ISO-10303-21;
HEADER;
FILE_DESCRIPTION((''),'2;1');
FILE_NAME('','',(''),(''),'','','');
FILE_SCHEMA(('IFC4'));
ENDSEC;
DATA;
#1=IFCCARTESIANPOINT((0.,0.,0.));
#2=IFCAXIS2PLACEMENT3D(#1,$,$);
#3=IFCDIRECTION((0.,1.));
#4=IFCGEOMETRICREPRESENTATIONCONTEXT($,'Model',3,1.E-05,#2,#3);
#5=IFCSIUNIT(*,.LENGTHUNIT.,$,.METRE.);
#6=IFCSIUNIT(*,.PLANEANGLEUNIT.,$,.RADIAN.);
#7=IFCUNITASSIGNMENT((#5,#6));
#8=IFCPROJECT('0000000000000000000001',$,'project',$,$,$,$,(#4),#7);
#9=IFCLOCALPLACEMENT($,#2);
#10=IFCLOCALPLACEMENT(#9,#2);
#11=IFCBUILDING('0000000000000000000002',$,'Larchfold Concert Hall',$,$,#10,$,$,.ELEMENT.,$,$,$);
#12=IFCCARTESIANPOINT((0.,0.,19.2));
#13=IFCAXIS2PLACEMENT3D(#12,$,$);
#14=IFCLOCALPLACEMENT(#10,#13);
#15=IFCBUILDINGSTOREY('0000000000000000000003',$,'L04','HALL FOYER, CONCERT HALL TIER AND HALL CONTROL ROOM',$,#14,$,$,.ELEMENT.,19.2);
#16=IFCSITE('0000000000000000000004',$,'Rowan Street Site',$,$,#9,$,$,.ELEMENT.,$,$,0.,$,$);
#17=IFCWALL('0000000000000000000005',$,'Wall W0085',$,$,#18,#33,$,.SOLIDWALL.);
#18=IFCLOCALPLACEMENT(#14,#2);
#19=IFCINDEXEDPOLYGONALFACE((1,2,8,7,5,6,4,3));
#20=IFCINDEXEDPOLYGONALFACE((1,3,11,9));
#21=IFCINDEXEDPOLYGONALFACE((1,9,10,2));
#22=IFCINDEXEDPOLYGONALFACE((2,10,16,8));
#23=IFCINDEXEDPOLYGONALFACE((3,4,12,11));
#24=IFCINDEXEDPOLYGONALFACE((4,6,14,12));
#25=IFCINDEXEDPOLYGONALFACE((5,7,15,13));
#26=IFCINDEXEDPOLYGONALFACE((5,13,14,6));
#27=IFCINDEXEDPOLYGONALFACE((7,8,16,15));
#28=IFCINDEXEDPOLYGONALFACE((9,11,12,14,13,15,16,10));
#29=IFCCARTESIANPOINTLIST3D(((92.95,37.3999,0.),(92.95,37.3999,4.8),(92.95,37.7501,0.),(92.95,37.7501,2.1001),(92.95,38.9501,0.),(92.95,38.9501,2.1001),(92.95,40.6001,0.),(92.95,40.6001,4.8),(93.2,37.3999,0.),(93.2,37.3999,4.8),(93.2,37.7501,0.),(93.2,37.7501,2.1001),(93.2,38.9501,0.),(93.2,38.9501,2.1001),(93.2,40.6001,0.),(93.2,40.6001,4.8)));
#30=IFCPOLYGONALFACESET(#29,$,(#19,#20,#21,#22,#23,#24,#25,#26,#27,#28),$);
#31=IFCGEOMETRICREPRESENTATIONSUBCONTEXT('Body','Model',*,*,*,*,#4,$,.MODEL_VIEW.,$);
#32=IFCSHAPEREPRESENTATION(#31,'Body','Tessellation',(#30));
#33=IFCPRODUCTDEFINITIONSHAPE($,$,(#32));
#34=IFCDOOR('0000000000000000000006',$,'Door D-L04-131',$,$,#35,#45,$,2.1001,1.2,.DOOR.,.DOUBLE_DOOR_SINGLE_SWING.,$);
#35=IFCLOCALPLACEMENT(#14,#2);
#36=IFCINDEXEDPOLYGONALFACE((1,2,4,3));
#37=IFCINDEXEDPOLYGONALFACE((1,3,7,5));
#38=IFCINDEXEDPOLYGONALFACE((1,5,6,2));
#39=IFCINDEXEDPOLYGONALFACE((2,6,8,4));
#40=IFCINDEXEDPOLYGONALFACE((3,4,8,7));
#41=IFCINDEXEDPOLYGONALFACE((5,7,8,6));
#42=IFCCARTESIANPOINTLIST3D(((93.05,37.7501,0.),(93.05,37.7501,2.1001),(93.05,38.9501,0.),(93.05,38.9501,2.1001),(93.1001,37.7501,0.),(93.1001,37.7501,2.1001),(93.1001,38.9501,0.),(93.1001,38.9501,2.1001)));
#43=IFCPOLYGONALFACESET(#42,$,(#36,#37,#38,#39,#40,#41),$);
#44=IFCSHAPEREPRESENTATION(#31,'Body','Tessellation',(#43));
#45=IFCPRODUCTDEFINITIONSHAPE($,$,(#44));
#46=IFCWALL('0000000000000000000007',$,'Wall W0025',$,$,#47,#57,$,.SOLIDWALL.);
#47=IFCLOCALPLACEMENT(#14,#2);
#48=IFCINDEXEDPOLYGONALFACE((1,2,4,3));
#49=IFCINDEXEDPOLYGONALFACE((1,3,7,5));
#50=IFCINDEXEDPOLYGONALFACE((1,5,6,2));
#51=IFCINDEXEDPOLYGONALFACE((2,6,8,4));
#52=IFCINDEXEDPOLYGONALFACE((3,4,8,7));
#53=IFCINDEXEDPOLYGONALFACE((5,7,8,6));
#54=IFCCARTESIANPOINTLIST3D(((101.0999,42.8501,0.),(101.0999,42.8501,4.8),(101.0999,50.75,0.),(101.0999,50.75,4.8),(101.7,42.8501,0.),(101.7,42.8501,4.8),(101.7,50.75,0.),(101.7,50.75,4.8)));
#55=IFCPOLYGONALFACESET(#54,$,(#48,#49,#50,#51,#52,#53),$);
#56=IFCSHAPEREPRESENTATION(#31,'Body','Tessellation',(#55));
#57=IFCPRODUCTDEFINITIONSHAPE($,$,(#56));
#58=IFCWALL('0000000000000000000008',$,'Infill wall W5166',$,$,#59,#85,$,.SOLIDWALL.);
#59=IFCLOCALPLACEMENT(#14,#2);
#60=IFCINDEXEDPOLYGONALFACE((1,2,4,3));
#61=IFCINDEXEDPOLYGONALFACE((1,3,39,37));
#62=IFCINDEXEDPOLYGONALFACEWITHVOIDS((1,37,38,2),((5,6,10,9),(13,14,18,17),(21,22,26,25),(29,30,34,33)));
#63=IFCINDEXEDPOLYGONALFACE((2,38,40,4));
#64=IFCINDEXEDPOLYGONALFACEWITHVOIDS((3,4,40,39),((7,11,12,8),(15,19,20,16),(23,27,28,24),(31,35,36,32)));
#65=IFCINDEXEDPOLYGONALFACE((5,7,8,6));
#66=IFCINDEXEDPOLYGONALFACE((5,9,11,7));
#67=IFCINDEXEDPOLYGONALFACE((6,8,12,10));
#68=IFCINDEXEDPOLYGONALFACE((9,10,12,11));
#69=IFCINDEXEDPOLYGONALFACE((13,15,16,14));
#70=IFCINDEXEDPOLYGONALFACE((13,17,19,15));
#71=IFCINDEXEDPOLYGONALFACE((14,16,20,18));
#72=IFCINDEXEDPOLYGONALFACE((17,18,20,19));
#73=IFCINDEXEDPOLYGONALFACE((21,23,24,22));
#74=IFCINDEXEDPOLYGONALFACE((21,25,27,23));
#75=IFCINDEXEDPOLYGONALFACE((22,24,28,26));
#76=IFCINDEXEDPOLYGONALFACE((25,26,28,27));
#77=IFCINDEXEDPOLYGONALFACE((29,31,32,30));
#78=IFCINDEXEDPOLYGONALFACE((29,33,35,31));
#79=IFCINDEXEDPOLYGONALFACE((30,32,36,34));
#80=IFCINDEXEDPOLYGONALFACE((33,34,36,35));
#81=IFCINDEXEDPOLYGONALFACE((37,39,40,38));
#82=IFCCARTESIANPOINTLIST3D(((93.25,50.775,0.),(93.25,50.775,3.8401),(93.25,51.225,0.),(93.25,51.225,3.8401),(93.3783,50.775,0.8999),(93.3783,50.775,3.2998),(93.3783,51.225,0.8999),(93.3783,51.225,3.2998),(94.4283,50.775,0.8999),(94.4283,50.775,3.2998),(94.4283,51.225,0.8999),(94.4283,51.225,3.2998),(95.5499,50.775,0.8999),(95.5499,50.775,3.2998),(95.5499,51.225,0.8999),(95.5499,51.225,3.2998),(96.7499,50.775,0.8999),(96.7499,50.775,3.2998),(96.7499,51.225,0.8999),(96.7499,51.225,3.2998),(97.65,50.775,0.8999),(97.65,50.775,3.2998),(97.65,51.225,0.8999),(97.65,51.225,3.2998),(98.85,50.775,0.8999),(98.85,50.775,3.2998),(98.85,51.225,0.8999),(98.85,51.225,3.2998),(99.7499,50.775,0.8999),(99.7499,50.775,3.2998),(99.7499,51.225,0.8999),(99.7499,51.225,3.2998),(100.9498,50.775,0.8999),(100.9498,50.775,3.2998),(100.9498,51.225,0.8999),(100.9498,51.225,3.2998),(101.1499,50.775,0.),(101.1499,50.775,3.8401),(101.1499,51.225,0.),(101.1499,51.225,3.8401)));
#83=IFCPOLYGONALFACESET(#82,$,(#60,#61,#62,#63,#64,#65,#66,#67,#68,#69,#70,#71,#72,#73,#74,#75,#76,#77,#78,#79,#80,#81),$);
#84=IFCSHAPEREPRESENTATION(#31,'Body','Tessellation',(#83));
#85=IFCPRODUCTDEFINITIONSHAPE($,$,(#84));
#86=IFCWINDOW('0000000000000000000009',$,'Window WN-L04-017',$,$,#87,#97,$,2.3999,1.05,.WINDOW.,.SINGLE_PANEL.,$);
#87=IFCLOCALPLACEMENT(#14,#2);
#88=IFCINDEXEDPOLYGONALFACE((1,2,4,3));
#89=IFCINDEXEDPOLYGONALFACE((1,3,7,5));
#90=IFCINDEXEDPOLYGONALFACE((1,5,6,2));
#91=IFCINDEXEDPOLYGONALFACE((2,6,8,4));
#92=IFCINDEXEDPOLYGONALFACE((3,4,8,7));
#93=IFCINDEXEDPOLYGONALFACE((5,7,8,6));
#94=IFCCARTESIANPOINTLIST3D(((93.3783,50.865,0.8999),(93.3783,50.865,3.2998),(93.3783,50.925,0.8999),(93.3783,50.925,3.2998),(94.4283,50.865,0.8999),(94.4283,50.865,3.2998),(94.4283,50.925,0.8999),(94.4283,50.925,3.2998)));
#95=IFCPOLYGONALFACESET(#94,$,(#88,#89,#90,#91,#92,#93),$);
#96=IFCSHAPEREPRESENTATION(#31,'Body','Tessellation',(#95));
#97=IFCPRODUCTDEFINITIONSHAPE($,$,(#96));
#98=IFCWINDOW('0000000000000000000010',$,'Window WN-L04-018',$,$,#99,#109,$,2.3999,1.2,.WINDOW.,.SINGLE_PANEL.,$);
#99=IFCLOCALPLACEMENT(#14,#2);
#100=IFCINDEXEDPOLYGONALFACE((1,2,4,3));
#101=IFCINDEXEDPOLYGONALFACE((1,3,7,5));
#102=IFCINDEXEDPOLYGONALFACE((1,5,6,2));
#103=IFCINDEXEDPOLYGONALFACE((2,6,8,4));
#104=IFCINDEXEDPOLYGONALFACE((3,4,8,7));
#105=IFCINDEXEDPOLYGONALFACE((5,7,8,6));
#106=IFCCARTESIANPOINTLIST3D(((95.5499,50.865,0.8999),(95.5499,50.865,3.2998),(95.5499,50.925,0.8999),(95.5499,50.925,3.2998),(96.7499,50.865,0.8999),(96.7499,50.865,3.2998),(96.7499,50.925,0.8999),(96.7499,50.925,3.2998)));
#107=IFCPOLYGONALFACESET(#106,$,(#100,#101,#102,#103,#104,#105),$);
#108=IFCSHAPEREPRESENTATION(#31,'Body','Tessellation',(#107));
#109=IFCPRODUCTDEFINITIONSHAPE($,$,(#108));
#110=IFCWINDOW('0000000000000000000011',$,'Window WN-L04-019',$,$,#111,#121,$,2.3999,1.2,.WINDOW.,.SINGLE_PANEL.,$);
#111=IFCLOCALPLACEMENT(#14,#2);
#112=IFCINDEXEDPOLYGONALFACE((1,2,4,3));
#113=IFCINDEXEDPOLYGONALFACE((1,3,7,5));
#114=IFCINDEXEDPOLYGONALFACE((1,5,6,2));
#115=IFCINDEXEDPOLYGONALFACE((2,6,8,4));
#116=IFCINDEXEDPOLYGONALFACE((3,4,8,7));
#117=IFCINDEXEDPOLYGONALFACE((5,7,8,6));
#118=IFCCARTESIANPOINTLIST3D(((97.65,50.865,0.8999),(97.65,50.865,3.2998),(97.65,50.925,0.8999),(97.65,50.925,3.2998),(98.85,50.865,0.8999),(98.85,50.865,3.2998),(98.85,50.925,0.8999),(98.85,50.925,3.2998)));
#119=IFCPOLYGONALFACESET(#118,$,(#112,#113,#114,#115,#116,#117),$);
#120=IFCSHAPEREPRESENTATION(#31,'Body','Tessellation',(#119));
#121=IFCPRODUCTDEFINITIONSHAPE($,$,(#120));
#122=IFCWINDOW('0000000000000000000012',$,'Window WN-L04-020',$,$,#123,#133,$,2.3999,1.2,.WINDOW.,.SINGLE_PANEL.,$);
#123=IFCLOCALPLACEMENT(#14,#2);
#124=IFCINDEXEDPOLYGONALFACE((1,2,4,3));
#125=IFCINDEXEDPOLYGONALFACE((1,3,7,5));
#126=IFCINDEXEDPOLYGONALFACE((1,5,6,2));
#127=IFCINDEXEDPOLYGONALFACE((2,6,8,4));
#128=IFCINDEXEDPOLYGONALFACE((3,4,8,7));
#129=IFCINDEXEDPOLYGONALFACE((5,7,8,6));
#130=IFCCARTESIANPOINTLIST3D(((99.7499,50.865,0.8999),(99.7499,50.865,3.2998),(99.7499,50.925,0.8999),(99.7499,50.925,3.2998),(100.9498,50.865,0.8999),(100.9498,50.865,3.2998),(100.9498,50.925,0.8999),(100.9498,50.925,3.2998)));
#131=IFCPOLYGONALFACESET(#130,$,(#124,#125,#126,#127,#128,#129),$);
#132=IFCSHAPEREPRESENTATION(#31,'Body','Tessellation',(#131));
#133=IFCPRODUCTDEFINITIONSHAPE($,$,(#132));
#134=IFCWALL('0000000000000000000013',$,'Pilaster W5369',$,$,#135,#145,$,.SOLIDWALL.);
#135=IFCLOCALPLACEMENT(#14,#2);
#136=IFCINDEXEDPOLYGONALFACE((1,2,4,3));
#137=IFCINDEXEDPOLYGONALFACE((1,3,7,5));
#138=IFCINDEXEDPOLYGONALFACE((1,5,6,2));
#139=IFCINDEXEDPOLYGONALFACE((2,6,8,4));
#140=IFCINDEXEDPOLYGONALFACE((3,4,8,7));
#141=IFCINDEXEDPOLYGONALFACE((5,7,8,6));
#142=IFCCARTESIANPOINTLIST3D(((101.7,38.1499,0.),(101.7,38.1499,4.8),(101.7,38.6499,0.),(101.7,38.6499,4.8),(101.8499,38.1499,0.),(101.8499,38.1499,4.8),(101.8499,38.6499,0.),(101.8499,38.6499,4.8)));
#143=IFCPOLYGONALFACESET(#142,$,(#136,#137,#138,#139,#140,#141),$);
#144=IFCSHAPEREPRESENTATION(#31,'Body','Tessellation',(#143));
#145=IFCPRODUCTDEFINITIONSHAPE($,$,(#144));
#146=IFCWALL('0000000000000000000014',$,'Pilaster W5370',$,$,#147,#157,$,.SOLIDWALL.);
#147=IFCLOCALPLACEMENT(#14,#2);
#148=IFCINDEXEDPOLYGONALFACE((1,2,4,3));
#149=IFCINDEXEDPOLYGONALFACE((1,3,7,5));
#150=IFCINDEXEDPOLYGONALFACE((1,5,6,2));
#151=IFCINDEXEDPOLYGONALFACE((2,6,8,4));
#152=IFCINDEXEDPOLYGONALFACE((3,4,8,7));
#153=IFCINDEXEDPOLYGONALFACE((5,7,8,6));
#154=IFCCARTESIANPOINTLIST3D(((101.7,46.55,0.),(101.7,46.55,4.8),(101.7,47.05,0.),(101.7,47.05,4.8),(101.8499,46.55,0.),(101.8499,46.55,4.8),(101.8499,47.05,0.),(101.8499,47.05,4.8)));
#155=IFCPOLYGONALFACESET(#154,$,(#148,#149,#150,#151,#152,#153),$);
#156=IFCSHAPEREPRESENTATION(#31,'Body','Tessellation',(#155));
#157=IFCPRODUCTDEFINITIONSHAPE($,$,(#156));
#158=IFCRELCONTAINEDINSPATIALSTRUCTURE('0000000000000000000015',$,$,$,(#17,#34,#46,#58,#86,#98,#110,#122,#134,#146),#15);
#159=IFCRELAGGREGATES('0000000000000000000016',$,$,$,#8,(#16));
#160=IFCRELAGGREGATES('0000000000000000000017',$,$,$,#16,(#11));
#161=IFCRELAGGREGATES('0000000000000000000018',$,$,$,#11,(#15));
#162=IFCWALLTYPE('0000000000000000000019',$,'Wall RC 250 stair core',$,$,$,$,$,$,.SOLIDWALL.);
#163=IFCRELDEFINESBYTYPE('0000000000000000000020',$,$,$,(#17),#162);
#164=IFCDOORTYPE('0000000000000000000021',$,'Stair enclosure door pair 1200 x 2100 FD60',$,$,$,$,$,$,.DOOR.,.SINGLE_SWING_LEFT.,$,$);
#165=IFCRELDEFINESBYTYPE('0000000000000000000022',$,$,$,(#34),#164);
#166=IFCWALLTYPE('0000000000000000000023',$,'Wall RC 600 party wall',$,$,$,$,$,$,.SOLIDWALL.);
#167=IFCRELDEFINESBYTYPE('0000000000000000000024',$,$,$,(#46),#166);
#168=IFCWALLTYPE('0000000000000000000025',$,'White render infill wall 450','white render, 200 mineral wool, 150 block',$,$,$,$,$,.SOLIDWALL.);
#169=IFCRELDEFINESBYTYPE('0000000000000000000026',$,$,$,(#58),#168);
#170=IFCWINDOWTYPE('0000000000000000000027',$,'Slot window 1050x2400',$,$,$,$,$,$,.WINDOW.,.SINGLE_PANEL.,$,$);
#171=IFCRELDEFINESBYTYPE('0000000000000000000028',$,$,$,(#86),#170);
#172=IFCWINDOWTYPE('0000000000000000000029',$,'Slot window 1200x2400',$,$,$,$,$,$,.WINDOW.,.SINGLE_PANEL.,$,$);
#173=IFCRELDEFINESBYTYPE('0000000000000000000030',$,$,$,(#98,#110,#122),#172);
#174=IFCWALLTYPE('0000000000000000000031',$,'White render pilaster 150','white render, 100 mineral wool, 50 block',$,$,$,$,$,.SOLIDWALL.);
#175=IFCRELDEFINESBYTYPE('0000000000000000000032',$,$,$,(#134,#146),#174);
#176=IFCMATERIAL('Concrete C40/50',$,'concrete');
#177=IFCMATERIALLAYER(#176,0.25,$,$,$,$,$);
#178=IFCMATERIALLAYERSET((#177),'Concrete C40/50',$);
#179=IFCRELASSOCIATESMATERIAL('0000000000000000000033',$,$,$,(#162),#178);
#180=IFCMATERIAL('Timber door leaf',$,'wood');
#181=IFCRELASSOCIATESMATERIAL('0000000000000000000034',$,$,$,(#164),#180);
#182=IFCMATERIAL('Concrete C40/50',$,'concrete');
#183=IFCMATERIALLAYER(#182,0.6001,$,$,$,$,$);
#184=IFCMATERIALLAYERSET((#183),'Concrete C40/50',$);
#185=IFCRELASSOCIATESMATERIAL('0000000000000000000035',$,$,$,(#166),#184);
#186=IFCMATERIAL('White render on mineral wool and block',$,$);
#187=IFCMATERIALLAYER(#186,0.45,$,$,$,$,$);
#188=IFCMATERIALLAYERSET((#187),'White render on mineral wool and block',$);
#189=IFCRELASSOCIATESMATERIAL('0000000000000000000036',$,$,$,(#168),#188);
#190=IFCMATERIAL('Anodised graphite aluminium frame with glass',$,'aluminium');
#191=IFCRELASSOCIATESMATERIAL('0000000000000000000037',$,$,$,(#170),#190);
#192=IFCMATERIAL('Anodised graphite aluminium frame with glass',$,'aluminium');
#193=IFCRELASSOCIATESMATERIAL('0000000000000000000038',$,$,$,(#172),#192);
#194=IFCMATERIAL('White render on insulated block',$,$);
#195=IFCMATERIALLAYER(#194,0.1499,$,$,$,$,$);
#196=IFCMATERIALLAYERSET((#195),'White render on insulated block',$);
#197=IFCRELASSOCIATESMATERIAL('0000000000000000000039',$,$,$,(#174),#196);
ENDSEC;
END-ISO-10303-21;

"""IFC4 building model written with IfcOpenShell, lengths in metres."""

from ifc_helpers import new_model, si_unit, direction, frame, frame_2d, origin, place, context, subcontext, project, spatial, rectangle, extrude, material, layer, layer_set, type_object, element, fill, save


model = new_model("IFC4")

# Units and contexts
model_context = context("Model", 3, precision=1e-05, world=origin(), true_north=direction((0.0, 1.0)))
body_context = subcontext(model_context, "Body", "Model", "MODEL_VIEW")
ifc_project = project(units=[si_unit("LENGTHUNIT", "METRE"), si_unit("PLANEANGLEUNIT", "RADIAN")], contexts=[model_context])

# Site, building, storey
site_placement = place(None, origin())
site = spatial("IfcSite", under=ifc_project, at=site_placement, Name="Rowan Street Site", CompositionType="ELEMENT", RefElevation=0.0)
building_placement = place(site_placement, origin())
building = spatial("IfcBuilding", under=site, at=building_placement, Name="Larchfold Concert Hall", CompositionType="ELEMENT")
storey_placement = place(building_placement, frame((0.0, 0.0, 19.2)))
storey = spatial("IfcBuildingStorey", under=building, at=storey_placement, Name="L04", Description="HALL FOYER, CONCERT HALL TIER AND HALL CONTROL ROOM", CompositionType="ELEMENT", Elevation=19.2)

# Wall, opening, door
ifc_material_1 = material(Name="Concrete C40/50", Category="concrete")
ifc_layer_1 = layer(ifc_material_1, 0.25)
ifc_layer_set_1 = layer_set([ifc_layer_1], Name="Concrete C40/50")
wall_type_1 = type_object("IfcWallType", Name="Wall RC 250 stair core", PredefinedType="SOLIDWALL", material=ifc_layer_set_1)
wall_1_placement = place(storey_placement, frame((93.075, 37.3999, 0.0), z_axis=(0.0, 0.0, 1.0), x_axis=(0.0, 1.0, 0.0)))
wall_1 = element("IfcWall", 1, at=wall_1_placement, inside=storey, type_object=wall_type_1, Name="Wall W0085", PredefinedType="SOLIDWALL", context=body_context, shape_type="SweptSolid", body=[
    extrude(rectangle(XDim=3.2002, YDim=0.25, at=frame_2d((1.6001, 0.0))), origin(), (0.0, 0.0, 1.0), 4.8),
])
opening_1_placement = place(wall_1_placement, frame((0.3501, 0.0, 0.0)))
opening_1 = element("IfcOpeningElement", 2, at=opening_1_placement, cuts=wall_1, PredefinedType="OPENING", context=body_context, shape_type="SweptSolid", body=[
    extrude(rectangle(XDim=1.2, YDim=2.1001, at=frame_2d((0.6001, 1.05))), frame((0.0, 0.135, 0.0), z_axis=(0.0, -1.0, 0.0), x_axis=(1.0, 0.0, 0.0)), (0.0, 0.0, 1.0), 0.27),
])
ifc_material_2 = material(Name="Timber door leaf", Category="wood")
door_type_1 = type_object("IfcDoorType", Name="Stair enclosure door pair 1200 x 2100 FD60", OperationType="SINGLE_SWING_LEFT", PredefinedType="DOOR", material=ifc_material_2)
door_1_placement = place(opening_1_placement, origin())
door_1 = element("IfcDoor", 3, at=door_1_placement, inside=storey, type_object=door_type_1, Name="Door D-L04-131", OperationType="DOUBLE_DOOR_SINGLE_SWING", OverallHeight=2.1001, OverallWidth=1.2, PredefinedType="DOOR", context=body_context, shape_type="SweptSolid", body=[
    extrude(rectangle(XDim=1.2, YDim=2.1001, at=frame_2d((0.6001, 1.05))), frame((0.0, 0.0249, 0.0), z_axis=(0.0, -1.0, 0.0), x_axis=(1.0, 0.0, 0.0)), (0.0, 0.0, 1.0), 0.05),
])
fill(opening_1, door_1)

# Wall
ifc_material_3 = material(Name="Concrete C40/50", Category="concrete")
ifc_layer_2 = layer(ifc_material_3, 0.6001)
ifc_layer_set_2 = layer_set([ifc_layer_2], Name="Concrete C40/50")
wall_type_2 = type_object("IfcWallType", Name="Wall RC 600 party wall", PredefinedType="SOLIDWALL", material=ifc_layer_set_2)
wall_2_placement = place(storey_placement, frame((101.3999, 42.8501, 0.0), z_axis=(0.0, 0.0, 1.0), x_axis=(0.0, 1.0, 0.0)))
element("IfcWall", 4, at=wall_2_placement, inside=storey, type_object=wall_type_2, Name="Wall W0025", PredefinedType="SOLIDWALL", context=body_context, shape_type="SweptSolid", body=[
    extrude(rectangle(XDim=7.8999, YDim=0.6001, at=frame_2d((3.95, 0.0))), origin(), (0.0, 0.0, 1.0), 4.8),
])

# Wall, openings, windows
ifc_material_4 = material(Name="White render on mineral wool and block")
ifc_layer_3 = layer(ifc_material_4, 0.45)
ifc_layer_set_3 = layer_set([ifc_layer_3], Name="White render on mineral wool and block")
wall_type_3 = type_object("IfcWallType", Name="White render infill wall 450", Description="white render, 200 mineral wool, 150 block", PredefinedType="SOLIDWALL", material=ifc_layer_set_3)
wall_3_placement = place(storey_placement, frame((101.1499, 51.0, 0.0), z_axis=(0.0, 0.0, 1.0), x_axis=(-1.0, 0.0, 0.0)))
wall_3 = element("IfcWall", 5, at=wall_3_placement, inside=storey, type_object=wall_type_3, Name="Infill wall W5166", PredefinedType="SOLIDWALL", context=body_context, shape_type="SweptSolid", body=[
    extrude(rectangle(XDim=7.8999, YDim=0.45, at=frame_2d((3.95, 0.0))), origin(), (0.0, 0.0, 1.0), 3.8401),
])
opening_2_placement = place(wall_3_placement, frame((6.7217, 0.0, 0.8999)))
opening_2 = element("IfcOpeningElement", 6, at=opening_2_placement, cuts=wall_3, PredefinedType="OPENING", context=body_context, shape_type="SweptSolid", body=[
    extrude(rectangle(XDim=1.05, YDim=2.3999, at=frame_2d((0.5249, 1.2))), frame((0.0, 0.2349, 0.0), z_axis=(0.0, -1.0, 0.0), x_axis=(1.0, 0.0, 0.0)), (0.0, 0.0, 1.0), 0.47),
])
opening_3_placement = place(wall_3_placement, frame((4.3999, 0.0, 0.8999)))
opening_3 = element("IfcOpeningElement", 7, at=opening_3_placement, cuts=wall_3, PredefinedType="OPENING", context=body_context, shape_type="SweptSolid", body=[
    extrude(rectangle(XDim=1.2, YDim=2.3999, at=frame_2d((0.6001, 1.2))), frame((0.0, 0.2349, 0.0), z_axis=(0.0, -1.0, 0.0), x_axis=(1.0, 0.0, 0.0)), (0.0, 0.0, 1.0), 0.47),
])
opening_4_placement = place(wall_3_placement, frame((2.2998, 0.0, 0.8999)))
opening_4 = element("IfcOpeningElement", 8, at=opening_4_placement, cuts=wall_3, PredefinedType="OPENING", context=body_context, shape_type="SweptSolid", body=[
    extrude(rectangle(XDim=1.2, YDim=2.3999, at=frame_2d((0.6001, 1.2))), frame((0.0, 0.2349, 0.0), z_axis=(0.0, -1.0, 0.0), x_axis=(1.0, 0.0, 0.0)), (0.0, 0.0, 1.0), 0.47),
])
opening_5_placement = place(wall_3_placement, frame((0.2, 0.0, 0.8999)))
opening_5 = element("IfcOpeningElement", 9, at=opening_5_placement, cuts=wall_3, PredefinedType="OPENING", context=body_context, shape_type="SweptSolid", body=[
    extrude(rectangle(XDim=1.2, YDim=2.3999, at=frame_2d((0.6001, 1.2))), frame((0.0, 0.2349, 0.0), z_axis=(0.0, -1.0, 0.0), x_axis=(1.0, 0.0, 0.0)), (0.0, 0.0, 1.0), 0.47),
])
ifc_material_5 = material(Name="Anodised graphite aluminium frame with glass", Category="aluminium")
window_type_1 = type_object("IfcWindowType", Name="Slot window 1050x2400", PartitioningType="SINGLE_PANEL", PredefinedType="WINDOW", material=ifc_material_5)
window_1_placement = place(opening_2_placement, origin())
window_1 = element("IfcWindow", 10, at=window_1_placement, inside=storey, type_object=window_type_1, Name="Window WN-L04-017", OverallHeight=2.3999, OverallWidth=1.05, PartitioningType="SINGLE_PANEL", PredefinedType="WINDOW", context=body_context, shape_type="SweptSolid", body=[
    extrude(rectangle(XDim=1.05, YDim=2.3999, at=frame_2d((0.5249, 1.2))), frame((0.0, 0.135, 0.0), z_axis=(0.0, -1.0, 0.0), x_axis=(1.0, 0.0, 0.0)), (0.0, 0.0, 1.0), 0.0601),
])
fill(opening_2, window_1)
ifc_material_6 = material(Name="Anodised graphite aluminium frame with glass", Category="aluminium")
window_type_2 = type_object("IfcWindowType", Name="Slot window 1200x2400", PartitioningType="SINGLE_PANEL", PredefinedType="WINDOW", material=ifc_material_6)
window_2_placement = place(opening_3_placement, origin())
window_2 = element("IfcWindow", 11, at=window_2_placement, inside=storey, type_object=window_type_2, Name="Window WN-L04-018", OverallHeight=2.3999, OverallWidth=1.2, PartitioningType="SINGLE_PANEL", PredefinedType="WINDOW", context=body_context, shape_type="SweptSolid", body=[
    extrude(rectangle(XDim=1.2, YDim=2.3999, at=frame_2d((0.6001, 1.2))), frame((0.0, 0.135, 0.0), z_axis=(0.0, -1.0, 0.0), x_axis=(1.0, 0.0, 0.0)), (0.0, 0.0, 1.0), 0.0601),
])
fill(opening_3, window_2)
window_3_placement = place(opening_4_placement, origin())
window_3 = element("IfcWindow", 12, at=window_3_placement, inside=storey, type_object=window_type_2, Name="Window WN-L04-019", OverallHeight=2.3999, OverallWidth=1.2, PartitioningType="SINGLE_PANEL", PredefinedType="WINDOW", context=body_context, shape_type="SweptSolid", body=[
    extrude(rectangle(XDim=1.2, YDim=2.3999, at=frame_2d((0.6001, 1.2))), frame((0.0, 0.135, 0.0), z_axis=(0.0, -1.0, 0.0), x_axis=(1.0, 0.0, 0.0)), (0.0, 0.0, 1.0), 0.0601),
])
fill(opening_4, window_3)
window_4_placement = place(opening_5_placement, origin())
window_4 = element("IfcWindow", 13, at=window_4_placement, inside=storey, type_object=window_type_2, Name="Window WN-L04-020", OverallHeight=2.3999, OverallWidth=1.2, PartitioningType="SINGLE_PANEL", PredefinedType="WINDOW", context=body_context, shape_type="SweptSolid", body=[
    extrude(rectangle(XDim=1.2, YDim=2.3999, at=frame_2d((0.6001, 1.2))), frame((0.0, 0.135, 0.0), z_axis=(0.0, -1.0, 0.0), x_axis=(1.0, 0.0, 0.0)), (0.0, 0.0, 1.0), 0.0601),
])
fill(opening_5, window_4)

# Walls
ifc_material_7 = material(Name="White render on insulated block")
ifc_layer_4 = layer(ifc_material_7, 0.1499)
ifc_layer_set_4 = layer_set([ifc_layer_4], Name="White render on insulated block")
wall_type_4 = type_object("IfcWallType", Name="White render pilaster 150", Description="white render, 100 mineral wool, 50 block", PredefinedType="SOLIDWALL", material=ifc_layer_set_4)
for number, where, z_axis, x_axis, name in (
    (14, (101.7749, 38.1499, 0.0), (0.0, 0.0, 1.0), (0.0, 1.0, 0.0), "Pilaster W5369"),
    (15, (101.7749, 46.55, 0.0), (0.0, 0.0, 1.0), (0.0, 1.0, 0.0), "Pilaster W5370"),
):
    element("IfcWall", number, at=place(storey_placement, frame(where, z_axis=z_axis, x_axis=x_axis)), inside=storey, type_object=wall_type_4, Name=name, PredefinedType="SOLIDWALL", context=body_context, shape_type="SweptSolid", body=[
        extrude(rectangle(XDim=0.5, YDim=0.1499, at=frame_2d((0.25, 0.0))), origin(), (0.0, 0.0, 1.0), 4.8),
    ])

save(model, "model.ifc")
